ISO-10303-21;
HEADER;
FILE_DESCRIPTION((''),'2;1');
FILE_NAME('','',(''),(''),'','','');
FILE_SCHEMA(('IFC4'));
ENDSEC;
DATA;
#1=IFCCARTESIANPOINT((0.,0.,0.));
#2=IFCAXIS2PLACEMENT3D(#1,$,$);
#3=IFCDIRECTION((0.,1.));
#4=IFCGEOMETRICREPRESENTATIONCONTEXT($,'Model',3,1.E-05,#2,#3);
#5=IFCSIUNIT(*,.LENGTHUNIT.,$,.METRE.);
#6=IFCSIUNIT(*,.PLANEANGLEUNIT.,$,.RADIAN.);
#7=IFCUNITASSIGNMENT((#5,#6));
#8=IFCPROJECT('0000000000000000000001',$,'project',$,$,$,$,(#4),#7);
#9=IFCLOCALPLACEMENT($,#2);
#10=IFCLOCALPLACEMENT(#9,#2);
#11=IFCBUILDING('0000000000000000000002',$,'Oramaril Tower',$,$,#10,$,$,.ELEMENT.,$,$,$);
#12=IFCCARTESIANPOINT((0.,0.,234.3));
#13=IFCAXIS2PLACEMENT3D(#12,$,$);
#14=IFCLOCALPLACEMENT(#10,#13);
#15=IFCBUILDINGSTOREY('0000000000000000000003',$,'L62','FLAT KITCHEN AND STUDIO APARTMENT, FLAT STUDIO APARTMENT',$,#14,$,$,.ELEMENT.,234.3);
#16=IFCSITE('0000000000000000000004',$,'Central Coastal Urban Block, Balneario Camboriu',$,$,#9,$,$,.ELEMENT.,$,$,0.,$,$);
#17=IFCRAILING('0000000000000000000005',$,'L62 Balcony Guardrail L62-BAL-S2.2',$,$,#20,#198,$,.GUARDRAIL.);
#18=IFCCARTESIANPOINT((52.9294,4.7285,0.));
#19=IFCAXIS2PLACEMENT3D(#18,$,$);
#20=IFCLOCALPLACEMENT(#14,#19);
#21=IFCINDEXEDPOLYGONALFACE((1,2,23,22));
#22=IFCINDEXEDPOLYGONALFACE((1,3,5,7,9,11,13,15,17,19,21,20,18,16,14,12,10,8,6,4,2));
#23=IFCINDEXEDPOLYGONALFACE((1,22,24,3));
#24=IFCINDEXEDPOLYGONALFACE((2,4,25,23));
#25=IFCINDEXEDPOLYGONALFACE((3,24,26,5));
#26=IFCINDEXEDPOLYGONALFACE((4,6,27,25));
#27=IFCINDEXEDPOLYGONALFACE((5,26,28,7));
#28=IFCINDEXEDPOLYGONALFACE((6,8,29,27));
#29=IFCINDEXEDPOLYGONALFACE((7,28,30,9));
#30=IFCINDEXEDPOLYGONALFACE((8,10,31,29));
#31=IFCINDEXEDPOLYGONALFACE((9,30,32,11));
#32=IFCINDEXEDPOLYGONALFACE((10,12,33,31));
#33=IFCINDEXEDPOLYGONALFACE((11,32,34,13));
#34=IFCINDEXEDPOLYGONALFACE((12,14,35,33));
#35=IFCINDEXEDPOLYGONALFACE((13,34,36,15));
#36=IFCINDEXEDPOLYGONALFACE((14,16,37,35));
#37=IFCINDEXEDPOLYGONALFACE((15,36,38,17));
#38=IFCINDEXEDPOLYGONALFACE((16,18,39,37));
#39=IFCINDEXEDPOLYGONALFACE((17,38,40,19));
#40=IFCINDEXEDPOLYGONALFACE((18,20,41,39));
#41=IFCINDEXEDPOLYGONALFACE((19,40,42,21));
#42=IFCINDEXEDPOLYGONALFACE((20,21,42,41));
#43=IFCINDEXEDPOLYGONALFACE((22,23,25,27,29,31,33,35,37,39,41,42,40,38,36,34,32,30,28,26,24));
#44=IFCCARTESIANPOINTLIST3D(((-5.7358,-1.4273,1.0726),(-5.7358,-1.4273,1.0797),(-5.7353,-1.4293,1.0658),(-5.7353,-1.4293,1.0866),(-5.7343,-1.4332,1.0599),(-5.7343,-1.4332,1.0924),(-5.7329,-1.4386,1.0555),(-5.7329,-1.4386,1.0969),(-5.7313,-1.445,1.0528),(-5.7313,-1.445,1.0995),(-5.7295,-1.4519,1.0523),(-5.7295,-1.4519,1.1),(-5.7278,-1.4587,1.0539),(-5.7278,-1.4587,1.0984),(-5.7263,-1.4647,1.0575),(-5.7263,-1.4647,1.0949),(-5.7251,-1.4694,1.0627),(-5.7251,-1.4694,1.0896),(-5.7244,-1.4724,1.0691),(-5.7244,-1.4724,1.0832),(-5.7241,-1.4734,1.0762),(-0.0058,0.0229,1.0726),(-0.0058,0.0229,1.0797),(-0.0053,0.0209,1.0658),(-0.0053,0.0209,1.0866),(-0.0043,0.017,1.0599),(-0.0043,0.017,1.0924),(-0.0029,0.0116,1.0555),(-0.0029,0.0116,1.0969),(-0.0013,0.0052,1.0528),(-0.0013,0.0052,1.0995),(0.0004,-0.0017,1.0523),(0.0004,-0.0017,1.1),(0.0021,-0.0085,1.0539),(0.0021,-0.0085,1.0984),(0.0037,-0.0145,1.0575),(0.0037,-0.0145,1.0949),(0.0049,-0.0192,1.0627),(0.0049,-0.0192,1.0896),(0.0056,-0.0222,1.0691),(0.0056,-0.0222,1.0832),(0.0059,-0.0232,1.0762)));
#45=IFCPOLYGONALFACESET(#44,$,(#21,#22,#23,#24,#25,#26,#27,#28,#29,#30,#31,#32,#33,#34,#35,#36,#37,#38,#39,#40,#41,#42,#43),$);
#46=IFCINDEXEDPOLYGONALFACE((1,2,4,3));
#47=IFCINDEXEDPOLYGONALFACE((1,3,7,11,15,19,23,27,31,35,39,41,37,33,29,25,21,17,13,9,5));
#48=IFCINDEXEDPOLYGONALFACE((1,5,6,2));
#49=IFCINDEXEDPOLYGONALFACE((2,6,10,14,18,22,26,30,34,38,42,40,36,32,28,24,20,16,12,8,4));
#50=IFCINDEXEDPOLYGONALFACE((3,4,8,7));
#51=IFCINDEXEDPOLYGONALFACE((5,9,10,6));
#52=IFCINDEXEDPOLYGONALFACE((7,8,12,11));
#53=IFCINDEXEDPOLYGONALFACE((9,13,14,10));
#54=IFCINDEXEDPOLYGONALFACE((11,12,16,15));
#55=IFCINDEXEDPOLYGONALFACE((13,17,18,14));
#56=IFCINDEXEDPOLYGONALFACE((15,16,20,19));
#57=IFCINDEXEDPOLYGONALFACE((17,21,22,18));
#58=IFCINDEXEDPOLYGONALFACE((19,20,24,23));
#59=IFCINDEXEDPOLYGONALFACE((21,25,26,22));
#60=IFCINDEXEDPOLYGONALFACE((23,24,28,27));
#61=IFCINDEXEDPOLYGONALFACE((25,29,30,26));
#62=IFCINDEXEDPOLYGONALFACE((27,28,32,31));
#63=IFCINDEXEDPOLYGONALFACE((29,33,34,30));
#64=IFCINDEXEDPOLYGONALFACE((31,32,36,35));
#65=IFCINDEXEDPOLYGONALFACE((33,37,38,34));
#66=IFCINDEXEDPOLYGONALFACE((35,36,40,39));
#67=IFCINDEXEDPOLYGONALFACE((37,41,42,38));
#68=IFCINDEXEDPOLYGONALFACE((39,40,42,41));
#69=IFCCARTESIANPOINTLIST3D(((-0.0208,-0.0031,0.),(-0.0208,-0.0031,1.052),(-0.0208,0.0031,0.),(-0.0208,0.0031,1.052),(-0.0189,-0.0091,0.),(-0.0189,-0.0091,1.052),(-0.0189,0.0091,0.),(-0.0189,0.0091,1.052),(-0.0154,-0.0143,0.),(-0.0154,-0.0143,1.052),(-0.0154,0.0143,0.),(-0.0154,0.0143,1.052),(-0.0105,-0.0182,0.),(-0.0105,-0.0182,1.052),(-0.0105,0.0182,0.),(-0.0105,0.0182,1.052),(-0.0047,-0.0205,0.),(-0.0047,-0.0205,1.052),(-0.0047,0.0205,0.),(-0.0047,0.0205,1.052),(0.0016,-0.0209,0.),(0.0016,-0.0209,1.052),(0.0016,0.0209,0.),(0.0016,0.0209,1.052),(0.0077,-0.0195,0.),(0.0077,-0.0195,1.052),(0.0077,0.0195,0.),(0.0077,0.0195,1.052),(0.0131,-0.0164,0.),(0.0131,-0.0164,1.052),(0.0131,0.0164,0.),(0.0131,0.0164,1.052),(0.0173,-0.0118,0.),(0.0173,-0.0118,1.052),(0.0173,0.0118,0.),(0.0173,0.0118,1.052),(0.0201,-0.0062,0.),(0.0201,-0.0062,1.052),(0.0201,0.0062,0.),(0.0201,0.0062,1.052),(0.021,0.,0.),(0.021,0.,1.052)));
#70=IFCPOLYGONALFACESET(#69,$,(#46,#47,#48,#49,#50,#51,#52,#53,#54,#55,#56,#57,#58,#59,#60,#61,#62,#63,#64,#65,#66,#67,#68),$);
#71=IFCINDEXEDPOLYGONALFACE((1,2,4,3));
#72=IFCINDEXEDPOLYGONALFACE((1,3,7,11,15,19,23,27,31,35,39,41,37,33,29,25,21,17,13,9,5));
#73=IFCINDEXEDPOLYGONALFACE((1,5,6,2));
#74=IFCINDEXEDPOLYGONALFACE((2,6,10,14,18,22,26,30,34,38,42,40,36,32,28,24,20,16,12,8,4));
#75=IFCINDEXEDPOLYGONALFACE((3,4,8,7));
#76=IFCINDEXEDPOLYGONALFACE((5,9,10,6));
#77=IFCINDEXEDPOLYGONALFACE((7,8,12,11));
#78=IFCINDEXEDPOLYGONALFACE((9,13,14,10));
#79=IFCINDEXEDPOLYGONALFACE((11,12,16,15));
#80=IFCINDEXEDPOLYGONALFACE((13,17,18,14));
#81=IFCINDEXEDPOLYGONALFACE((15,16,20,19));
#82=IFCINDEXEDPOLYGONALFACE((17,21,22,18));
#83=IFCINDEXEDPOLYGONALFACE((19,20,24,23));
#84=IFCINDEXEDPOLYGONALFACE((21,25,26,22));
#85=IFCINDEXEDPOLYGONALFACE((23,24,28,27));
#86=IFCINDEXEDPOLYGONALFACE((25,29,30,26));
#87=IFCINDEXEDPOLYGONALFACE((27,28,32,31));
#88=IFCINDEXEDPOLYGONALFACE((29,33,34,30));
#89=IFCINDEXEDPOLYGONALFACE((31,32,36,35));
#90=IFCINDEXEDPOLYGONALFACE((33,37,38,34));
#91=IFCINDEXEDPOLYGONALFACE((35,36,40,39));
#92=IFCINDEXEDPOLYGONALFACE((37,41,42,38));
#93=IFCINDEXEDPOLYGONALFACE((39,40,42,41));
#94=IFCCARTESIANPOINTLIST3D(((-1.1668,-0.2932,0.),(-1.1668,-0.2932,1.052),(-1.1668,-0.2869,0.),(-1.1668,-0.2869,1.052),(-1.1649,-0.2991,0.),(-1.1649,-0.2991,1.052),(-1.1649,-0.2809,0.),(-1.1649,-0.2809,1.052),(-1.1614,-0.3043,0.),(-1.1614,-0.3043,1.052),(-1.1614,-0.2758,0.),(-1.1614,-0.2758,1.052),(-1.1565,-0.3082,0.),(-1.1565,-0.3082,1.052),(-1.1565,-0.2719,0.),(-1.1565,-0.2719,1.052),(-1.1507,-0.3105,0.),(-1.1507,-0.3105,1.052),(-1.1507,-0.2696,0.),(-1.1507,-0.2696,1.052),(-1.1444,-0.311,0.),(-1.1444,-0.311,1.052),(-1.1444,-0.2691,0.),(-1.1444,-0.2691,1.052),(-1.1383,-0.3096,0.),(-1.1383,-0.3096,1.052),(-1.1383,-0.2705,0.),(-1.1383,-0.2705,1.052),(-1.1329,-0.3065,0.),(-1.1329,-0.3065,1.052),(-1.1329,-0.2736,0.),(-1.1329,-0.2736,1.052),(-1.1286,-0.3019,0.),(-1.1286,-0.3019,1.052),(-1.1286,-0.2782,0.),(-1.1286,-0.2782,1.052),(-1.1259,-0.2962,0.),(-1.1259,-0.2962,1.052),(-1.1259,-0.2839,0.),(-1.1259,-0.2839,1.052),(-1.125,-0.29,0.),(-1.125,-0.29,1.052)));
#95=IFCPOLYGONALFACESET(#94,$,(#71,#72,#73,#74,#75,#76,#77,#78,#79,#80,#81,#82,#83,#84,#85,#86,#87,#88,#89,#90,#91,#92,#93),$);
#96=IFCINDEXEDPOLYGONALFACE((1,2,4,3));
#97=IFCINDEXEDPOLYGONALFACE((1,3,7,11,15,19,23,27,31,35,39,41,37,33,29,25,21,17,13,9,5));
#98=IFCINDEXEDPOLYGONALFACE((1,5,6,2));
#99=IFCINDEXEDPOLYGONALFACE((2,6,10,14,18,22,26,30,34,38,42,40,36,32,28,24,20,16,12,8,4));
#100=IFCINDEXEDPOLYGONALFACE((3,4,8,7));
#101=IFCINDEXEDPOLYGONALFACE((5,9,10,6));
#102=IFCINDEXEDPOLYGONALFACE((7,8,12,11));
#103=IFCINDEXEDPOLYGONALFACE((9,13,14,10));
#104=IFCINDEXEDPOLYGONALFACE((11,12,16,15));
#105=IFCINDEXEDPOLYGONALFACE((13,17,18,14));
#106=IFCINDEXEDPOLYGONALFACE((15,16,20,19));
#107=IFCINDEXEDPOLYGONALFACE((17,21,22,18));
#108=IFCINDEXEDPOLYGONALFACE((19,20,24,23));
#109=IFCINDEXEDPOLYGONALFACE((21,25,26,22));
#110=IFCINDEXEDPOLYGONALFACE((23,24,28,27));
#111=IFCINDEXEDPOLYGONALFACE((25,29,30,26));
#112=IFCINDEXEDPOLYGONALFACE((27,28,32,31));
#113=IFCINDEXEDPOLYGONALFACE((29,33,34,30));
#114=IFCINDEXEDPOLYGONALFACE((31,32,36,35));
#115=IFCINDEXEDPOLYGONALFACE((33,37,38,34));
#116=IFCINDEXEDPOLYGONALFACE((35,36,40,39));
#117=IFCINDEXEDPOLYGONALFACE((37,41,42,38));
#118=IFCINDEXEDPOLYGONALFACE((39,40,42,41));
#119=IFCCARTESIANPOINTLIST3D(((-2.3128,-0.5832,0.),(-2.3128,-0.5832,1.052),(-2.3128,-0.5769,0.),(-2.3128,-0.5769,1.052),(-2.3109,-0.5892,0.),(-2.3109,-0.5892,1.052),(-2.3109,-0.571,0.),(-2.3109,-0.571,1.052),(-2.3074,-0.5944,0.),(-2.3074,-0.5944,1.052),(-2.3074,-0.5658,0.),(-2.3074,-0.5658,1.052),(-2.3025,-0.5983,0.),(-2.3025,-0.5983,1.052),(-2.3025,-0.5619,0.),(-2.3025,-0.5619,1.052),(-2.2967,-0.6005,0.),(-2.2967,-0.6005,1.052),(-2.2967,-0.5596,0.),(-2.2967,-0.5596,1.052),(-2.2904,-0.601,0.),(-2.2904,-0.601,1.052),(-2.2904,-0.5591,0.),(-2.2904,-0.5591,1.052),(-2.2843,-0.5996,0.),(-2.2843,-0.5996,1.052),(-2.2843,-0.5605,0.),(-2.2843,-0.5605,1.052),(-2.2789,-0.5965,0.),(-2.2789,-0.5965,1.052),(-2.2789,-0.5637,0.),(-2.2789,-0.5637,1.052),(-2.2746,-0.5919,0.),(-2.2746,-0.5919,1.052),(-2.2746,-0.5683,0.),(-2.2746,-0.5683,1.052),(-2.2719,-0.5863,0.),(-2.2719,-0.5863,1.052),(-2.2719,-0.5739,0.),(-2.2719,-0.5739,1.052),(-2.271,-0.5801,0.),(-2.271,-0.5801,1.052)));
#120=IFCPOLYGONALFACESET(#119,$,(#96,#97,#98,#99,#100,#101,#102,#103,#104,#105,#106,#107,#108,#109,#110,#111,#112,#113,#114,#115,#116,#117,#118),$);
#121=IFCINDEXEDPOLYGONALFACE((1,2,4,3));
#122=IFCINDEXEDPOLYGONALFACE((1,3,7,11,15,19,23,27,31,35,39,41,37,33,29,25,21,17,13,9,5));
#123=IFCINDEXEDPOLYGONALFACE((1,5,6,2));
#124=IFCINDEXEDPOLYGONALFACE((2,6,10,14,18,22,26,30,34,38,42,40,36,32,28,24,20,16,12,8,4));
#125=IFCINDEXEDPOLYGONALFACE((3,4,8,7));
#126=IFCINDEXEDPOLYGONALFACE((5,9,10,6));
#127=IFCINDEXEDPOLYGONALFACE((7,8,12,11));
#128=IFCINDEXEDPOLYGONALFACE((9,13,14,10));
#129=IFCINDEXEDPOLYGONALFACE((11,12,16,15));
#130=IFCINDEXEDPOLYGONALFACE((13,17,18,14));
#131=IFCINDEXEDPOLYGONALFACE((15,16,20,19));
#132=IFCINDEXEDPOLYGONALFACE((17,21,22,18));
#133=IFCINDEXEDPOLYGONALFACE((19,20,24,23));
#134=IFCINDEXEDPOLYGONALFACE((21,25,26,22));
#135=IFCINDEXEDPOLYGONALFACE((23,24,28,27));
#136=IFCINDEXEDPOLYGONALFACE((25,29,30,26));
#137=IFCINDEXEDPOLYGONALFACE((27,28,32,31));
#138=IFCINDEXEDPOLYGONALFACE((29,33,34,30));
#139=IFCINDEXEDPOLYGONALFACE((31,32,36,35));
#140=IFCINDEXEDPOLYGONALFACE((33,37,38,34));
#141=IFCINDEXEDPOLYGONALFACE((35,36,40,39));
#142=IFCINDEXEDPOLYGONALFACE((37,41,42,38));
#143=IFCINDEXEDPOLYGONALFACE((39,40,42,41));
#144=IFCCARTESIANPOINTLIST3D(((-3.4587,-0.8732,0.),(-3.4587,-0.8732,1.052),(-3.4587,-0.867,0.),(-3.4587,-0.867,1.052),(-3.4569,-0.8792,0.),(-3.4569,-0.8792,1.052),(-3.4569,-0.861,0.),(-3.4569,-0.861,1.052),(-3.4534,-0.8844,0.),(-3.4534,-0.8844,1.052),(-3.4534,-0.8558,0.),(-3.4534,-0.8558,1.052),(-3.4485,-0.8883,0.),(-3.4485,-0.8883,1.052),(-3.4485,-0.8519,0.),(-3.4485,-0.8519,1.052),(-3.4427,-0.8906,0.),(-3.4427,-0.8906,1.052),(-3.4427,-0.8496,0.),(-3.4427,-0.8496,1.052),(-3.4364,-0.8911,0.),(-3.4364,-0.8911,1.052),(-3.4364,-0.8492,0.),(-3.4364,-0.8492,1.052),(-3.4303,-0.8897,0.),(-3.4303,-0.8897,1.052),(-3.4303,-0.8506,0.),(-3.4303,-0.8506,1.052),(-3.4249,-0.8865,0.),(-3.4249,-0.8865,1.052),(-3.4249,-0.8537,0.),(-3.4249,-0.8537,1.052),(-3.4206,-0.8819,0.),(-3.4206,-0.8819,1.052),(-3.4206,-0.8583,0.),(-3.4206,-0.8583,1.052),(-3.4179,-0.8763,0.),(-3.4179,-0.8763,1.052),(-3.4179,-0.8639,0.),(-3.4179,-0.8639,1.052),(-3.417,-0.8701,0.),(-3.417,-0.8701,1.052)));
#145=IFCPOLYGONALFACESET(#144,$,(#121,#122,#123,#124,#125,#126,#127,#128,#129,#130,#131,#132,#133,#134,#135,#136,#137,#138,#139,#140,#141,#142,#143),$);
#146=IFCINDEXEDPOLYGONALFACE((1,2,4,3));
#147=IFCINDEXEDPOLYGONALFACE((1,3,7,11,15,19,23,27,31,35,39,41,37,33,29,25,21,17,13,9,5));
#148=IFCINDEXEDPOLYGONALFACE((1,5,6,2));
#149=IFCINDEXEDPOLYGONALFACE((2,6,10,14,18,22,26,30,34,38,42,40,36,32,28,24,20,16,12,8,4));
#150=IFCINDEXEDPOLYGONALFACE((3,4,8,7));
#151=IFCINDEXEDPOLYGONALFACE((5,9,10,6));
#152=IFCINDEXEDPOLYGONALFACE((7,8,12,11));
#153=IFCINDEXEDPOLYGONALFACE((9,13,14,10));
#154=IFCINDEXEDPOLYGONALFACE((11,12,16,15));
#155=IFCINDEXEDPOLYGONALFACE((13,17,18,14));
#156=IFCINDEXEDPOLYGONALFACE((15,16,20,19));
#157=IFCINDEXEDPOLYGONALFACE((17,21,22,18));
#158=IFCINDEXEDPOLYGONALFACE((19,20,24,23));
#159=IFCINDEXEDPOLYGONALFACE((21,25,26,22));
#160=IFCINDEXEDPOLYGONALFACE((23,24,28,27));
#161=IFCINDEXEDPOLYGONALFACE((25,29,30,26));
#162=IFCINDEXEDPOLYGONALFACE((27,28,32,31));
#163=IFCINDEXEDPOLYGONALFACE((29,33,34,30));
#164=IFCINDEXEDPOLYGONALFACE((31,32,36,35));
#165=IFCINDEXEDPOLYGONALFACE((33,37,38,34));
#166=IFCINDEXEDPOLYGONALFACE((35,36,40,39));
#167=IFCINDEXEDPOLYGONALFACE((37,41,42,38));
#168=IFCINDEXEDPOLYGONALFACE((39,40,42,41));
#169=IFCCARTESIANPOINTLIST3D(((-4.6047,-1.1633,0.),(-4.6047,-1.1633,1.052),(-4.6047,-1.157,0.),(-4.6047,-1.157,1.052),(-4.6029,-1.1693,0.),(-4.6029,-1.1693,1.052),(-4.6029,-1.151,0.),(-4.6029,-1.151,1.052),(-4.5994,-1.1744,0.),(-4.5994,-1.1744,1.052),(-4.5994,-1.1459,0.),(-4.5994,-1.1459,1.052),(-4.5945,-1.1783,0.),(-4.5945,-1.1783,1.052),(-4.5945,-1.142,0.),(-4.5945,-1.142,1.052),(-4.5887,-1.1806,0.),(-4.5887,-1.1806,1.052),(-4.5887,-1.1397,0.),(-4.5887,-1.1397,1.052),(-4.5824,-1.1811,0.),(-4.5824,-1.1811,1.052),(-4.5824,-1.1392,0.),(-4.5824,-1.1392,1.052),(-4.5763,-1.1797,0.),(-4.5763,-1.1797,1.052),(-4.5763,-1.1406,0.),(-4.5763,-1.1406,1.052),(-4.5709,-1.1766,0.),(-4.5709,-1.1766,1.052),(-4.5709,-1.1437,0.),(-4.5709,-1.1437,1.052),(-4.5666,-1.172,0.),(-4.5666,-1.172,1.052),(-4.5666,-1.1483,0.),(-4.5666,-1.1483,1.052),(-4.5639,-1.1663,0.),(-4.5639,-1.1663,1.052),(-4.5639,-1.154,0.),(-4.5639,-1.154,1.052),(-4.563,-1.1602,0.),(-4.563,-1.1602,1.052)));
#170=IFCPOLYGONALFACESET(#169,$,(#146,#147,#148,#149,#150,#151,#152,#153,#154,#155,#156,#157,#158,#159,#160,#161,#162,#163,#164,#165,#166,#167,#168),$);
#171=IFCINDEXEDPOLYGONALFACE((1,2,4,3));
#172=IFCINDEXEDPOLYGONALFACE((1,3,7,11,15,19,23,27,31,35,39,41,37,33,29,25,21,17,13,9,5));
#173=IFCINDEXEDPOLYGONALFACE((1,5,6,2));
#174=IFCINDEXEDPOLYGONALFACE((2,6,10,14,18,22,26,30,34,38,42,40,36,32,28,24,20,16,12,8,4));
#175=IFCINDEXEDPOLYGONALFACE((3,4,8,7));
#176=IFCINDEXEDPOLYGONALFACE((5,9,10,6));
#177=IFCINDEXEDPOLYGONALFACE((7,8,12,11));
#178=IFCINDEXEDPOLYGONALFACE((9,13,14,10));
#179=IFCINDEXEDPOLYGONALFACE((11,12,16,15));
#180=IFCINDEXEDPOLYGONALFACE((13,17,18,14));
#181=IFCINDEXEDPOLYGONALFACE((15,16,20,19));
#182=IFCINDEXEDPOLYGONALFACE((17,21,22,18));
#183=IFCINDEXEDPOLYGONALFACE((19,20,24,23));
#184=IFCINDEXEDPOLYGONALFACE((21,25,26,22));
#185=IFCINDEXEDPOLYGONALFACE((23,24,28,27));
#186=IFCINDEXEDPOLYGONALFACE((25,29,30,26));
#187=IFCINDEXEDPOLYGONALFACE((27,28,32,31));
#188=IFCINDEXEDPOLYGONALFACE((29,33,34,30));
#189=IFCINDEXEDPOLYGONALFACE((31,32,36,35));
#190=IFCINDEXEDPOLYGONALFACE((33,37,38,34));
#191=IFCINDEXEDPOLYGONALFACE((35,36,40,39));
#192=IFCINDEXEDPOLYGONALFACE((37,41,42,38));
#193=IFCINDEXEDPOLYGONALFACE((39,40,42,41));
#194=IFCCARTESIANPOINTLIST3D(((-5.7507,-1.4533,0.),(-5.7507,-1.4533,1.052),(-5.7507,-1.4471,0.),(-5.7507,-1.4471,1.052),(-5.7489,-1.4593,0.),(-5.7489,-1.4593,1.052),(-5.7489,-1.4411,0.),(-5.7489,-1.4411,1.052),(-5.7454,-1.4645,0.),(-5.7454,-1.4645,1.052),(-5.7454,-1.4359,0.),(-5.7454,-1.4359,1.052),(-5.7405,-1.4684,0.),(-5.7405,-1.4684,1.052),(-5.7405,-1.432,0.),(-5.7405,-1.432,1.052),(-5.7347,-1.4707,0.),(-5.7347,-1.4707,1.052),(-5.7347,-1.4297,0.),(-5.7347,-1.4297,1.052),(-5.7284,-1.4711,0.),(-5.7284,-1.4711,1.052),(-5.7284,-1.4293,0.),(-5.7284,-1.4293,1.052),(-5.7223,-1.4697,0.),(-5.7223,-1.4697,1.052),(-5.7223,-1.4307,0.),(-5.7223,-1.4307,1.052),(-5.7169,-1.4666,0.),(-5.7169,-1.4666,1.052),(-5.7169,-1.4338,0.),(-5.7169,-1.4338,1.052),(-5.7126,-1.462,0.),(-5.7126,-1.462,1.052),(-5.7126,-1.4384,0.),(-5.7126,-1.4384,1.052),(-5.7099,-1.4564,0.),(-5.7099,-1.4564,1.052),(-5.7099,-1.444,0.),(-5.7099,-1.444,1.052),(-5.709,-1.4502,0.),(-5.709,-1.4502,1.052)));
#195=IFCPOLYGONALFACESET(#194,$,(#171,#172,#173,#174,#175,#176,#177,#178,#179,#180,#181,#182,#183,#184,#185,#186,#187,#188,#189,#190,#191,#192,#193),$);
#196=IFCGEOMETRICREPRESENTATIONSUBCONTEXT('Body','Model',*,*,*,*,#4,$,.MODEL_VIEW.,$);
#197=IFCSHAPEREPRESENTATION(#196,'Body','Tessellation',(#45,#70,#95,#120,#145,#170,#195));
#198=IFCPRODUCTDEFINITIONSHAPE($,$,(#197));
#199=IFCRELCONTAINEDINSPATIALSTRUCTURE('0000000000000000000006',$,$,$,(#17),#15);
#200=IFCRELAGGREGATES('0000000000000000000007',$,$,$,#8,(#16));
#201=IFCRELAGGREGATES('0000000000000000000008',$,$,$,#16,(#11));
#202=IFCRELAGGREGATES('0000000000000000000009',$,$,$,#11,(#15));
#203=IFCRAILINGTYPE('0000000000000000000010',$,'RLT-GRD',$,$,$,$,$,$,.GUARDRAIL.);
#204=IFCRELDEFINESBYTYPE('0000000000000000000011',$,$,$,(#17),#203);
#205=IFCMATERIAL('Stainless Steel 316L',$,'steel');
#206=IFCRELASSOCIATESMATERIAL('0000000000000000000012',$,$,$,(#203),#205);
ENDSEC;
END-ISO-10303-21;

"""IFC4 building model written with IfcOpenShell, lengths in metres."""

from ifc_helpers import new_model, si_unit, direction, frame, origin, origin_2d, place, context, subcontext, project, spatial, circle, extrude, material, type_object, element, save


model = new_model("IFC4")

# Units and contexts
model_context = context("Model", 3, precision=1e-05, world=origin(), true_north=direction((0.0, 1.0)))
body_context = subcontext(model_context, "Body", "Model", "MODEL_VIEW")
ifc_project = project(units=[si_unit("LENGTHUNIT", "METRE"), si_unit("PLANEANGLEUNIT", "RADIAN")], contexts=[model_context])

# Site, building, storey
site_placement = place(None, origin())
site = spatial("IfcSite", under=ifc_project, at=site_placement, Name="Central Coastal Urban Block, Balneario Camboriu", CompositionType="ELEMENT", RefElevation=0.0)
building_placement = place(site_placement, origin())
building = spatial("IfcBuilding", under=site, at=building_placement, Name="Oramaril Tower", CompositionType="ELEMENT")
storey_placement = place(building_placement, frame((0.0, 0.0, 234.3)))
storey = spatial("IfcBuildingStorey", under=building, at=storey_placement, Name="L62", Description="FLAT KITCHEN AND STUDIO APARTMENT, FLAT STUDIO APARTMENT", CompositionType="ELEMENT", Elevation=234.3)

# Railing
ifc_material_1 = material(Name="Stainless Steel 316L", Category="steel")
railing_type = type_object("IfcRailingType", Name="RLT-GRD", PredefinedType="GUARDRAIL", material=ifc_material_1)
railing_1_placement = place(storey_placement, frame((52.9294, 4.7285, 0.0)))
element("IfcRailing", 1, at=railing_1_placement, inside=storey, type_object=railing_type, Name="L62 Balcony Guardrail L62-BAL-S2.2", PredefinedType="GUARDRAIL", context=body_context, shape_type="SweptSolid", body=[
    extrude(circle(Radius=0.0239, at=origin_2d()), frame((0.0, 0.0, 1.0762), z_axis=(-0.969434, -0.245353, 0.0), x_axis=(0.245353, -0.969434, 0.0)), (0.0, 0.0, 1.0), 5.9106),
    extrude(circle(Radius=0.021, at=origin_2d()), origin(), (0.0, 0.0, 1.0), 1.052),
    extrude(circle(Radius=0.021, at=origin_2d()), frame((-1.146, -0.29, 0.0)), (0.0, 0.0, 1.0), 1.052),
    extrude(circle(Radius=0.021, at=origin_2d()), frame((-2.292, -0.5801, 0.0)), (0.0, 0.0, 1.0), 1.052),
    extrude(circle(Radius=0.021, at=origin_2d()), frame((-3.438, -0.8701, 0.0)), (0.0, 0.0, 1.0), 1.052),
    extrude(circle(Radius=0.021, at=origin_2d()), frame((-4.584, -1.1602, 0.0)), (0.0, 0.0, 1.0), 1.052),
    extrude(circle(Radius=0.021, at=origin_2d()), frame((-5.73, -1.4502, 0.0)), (0.0, 0.0, 1.0), 1.052),
])

save(model, "model.ifc")
